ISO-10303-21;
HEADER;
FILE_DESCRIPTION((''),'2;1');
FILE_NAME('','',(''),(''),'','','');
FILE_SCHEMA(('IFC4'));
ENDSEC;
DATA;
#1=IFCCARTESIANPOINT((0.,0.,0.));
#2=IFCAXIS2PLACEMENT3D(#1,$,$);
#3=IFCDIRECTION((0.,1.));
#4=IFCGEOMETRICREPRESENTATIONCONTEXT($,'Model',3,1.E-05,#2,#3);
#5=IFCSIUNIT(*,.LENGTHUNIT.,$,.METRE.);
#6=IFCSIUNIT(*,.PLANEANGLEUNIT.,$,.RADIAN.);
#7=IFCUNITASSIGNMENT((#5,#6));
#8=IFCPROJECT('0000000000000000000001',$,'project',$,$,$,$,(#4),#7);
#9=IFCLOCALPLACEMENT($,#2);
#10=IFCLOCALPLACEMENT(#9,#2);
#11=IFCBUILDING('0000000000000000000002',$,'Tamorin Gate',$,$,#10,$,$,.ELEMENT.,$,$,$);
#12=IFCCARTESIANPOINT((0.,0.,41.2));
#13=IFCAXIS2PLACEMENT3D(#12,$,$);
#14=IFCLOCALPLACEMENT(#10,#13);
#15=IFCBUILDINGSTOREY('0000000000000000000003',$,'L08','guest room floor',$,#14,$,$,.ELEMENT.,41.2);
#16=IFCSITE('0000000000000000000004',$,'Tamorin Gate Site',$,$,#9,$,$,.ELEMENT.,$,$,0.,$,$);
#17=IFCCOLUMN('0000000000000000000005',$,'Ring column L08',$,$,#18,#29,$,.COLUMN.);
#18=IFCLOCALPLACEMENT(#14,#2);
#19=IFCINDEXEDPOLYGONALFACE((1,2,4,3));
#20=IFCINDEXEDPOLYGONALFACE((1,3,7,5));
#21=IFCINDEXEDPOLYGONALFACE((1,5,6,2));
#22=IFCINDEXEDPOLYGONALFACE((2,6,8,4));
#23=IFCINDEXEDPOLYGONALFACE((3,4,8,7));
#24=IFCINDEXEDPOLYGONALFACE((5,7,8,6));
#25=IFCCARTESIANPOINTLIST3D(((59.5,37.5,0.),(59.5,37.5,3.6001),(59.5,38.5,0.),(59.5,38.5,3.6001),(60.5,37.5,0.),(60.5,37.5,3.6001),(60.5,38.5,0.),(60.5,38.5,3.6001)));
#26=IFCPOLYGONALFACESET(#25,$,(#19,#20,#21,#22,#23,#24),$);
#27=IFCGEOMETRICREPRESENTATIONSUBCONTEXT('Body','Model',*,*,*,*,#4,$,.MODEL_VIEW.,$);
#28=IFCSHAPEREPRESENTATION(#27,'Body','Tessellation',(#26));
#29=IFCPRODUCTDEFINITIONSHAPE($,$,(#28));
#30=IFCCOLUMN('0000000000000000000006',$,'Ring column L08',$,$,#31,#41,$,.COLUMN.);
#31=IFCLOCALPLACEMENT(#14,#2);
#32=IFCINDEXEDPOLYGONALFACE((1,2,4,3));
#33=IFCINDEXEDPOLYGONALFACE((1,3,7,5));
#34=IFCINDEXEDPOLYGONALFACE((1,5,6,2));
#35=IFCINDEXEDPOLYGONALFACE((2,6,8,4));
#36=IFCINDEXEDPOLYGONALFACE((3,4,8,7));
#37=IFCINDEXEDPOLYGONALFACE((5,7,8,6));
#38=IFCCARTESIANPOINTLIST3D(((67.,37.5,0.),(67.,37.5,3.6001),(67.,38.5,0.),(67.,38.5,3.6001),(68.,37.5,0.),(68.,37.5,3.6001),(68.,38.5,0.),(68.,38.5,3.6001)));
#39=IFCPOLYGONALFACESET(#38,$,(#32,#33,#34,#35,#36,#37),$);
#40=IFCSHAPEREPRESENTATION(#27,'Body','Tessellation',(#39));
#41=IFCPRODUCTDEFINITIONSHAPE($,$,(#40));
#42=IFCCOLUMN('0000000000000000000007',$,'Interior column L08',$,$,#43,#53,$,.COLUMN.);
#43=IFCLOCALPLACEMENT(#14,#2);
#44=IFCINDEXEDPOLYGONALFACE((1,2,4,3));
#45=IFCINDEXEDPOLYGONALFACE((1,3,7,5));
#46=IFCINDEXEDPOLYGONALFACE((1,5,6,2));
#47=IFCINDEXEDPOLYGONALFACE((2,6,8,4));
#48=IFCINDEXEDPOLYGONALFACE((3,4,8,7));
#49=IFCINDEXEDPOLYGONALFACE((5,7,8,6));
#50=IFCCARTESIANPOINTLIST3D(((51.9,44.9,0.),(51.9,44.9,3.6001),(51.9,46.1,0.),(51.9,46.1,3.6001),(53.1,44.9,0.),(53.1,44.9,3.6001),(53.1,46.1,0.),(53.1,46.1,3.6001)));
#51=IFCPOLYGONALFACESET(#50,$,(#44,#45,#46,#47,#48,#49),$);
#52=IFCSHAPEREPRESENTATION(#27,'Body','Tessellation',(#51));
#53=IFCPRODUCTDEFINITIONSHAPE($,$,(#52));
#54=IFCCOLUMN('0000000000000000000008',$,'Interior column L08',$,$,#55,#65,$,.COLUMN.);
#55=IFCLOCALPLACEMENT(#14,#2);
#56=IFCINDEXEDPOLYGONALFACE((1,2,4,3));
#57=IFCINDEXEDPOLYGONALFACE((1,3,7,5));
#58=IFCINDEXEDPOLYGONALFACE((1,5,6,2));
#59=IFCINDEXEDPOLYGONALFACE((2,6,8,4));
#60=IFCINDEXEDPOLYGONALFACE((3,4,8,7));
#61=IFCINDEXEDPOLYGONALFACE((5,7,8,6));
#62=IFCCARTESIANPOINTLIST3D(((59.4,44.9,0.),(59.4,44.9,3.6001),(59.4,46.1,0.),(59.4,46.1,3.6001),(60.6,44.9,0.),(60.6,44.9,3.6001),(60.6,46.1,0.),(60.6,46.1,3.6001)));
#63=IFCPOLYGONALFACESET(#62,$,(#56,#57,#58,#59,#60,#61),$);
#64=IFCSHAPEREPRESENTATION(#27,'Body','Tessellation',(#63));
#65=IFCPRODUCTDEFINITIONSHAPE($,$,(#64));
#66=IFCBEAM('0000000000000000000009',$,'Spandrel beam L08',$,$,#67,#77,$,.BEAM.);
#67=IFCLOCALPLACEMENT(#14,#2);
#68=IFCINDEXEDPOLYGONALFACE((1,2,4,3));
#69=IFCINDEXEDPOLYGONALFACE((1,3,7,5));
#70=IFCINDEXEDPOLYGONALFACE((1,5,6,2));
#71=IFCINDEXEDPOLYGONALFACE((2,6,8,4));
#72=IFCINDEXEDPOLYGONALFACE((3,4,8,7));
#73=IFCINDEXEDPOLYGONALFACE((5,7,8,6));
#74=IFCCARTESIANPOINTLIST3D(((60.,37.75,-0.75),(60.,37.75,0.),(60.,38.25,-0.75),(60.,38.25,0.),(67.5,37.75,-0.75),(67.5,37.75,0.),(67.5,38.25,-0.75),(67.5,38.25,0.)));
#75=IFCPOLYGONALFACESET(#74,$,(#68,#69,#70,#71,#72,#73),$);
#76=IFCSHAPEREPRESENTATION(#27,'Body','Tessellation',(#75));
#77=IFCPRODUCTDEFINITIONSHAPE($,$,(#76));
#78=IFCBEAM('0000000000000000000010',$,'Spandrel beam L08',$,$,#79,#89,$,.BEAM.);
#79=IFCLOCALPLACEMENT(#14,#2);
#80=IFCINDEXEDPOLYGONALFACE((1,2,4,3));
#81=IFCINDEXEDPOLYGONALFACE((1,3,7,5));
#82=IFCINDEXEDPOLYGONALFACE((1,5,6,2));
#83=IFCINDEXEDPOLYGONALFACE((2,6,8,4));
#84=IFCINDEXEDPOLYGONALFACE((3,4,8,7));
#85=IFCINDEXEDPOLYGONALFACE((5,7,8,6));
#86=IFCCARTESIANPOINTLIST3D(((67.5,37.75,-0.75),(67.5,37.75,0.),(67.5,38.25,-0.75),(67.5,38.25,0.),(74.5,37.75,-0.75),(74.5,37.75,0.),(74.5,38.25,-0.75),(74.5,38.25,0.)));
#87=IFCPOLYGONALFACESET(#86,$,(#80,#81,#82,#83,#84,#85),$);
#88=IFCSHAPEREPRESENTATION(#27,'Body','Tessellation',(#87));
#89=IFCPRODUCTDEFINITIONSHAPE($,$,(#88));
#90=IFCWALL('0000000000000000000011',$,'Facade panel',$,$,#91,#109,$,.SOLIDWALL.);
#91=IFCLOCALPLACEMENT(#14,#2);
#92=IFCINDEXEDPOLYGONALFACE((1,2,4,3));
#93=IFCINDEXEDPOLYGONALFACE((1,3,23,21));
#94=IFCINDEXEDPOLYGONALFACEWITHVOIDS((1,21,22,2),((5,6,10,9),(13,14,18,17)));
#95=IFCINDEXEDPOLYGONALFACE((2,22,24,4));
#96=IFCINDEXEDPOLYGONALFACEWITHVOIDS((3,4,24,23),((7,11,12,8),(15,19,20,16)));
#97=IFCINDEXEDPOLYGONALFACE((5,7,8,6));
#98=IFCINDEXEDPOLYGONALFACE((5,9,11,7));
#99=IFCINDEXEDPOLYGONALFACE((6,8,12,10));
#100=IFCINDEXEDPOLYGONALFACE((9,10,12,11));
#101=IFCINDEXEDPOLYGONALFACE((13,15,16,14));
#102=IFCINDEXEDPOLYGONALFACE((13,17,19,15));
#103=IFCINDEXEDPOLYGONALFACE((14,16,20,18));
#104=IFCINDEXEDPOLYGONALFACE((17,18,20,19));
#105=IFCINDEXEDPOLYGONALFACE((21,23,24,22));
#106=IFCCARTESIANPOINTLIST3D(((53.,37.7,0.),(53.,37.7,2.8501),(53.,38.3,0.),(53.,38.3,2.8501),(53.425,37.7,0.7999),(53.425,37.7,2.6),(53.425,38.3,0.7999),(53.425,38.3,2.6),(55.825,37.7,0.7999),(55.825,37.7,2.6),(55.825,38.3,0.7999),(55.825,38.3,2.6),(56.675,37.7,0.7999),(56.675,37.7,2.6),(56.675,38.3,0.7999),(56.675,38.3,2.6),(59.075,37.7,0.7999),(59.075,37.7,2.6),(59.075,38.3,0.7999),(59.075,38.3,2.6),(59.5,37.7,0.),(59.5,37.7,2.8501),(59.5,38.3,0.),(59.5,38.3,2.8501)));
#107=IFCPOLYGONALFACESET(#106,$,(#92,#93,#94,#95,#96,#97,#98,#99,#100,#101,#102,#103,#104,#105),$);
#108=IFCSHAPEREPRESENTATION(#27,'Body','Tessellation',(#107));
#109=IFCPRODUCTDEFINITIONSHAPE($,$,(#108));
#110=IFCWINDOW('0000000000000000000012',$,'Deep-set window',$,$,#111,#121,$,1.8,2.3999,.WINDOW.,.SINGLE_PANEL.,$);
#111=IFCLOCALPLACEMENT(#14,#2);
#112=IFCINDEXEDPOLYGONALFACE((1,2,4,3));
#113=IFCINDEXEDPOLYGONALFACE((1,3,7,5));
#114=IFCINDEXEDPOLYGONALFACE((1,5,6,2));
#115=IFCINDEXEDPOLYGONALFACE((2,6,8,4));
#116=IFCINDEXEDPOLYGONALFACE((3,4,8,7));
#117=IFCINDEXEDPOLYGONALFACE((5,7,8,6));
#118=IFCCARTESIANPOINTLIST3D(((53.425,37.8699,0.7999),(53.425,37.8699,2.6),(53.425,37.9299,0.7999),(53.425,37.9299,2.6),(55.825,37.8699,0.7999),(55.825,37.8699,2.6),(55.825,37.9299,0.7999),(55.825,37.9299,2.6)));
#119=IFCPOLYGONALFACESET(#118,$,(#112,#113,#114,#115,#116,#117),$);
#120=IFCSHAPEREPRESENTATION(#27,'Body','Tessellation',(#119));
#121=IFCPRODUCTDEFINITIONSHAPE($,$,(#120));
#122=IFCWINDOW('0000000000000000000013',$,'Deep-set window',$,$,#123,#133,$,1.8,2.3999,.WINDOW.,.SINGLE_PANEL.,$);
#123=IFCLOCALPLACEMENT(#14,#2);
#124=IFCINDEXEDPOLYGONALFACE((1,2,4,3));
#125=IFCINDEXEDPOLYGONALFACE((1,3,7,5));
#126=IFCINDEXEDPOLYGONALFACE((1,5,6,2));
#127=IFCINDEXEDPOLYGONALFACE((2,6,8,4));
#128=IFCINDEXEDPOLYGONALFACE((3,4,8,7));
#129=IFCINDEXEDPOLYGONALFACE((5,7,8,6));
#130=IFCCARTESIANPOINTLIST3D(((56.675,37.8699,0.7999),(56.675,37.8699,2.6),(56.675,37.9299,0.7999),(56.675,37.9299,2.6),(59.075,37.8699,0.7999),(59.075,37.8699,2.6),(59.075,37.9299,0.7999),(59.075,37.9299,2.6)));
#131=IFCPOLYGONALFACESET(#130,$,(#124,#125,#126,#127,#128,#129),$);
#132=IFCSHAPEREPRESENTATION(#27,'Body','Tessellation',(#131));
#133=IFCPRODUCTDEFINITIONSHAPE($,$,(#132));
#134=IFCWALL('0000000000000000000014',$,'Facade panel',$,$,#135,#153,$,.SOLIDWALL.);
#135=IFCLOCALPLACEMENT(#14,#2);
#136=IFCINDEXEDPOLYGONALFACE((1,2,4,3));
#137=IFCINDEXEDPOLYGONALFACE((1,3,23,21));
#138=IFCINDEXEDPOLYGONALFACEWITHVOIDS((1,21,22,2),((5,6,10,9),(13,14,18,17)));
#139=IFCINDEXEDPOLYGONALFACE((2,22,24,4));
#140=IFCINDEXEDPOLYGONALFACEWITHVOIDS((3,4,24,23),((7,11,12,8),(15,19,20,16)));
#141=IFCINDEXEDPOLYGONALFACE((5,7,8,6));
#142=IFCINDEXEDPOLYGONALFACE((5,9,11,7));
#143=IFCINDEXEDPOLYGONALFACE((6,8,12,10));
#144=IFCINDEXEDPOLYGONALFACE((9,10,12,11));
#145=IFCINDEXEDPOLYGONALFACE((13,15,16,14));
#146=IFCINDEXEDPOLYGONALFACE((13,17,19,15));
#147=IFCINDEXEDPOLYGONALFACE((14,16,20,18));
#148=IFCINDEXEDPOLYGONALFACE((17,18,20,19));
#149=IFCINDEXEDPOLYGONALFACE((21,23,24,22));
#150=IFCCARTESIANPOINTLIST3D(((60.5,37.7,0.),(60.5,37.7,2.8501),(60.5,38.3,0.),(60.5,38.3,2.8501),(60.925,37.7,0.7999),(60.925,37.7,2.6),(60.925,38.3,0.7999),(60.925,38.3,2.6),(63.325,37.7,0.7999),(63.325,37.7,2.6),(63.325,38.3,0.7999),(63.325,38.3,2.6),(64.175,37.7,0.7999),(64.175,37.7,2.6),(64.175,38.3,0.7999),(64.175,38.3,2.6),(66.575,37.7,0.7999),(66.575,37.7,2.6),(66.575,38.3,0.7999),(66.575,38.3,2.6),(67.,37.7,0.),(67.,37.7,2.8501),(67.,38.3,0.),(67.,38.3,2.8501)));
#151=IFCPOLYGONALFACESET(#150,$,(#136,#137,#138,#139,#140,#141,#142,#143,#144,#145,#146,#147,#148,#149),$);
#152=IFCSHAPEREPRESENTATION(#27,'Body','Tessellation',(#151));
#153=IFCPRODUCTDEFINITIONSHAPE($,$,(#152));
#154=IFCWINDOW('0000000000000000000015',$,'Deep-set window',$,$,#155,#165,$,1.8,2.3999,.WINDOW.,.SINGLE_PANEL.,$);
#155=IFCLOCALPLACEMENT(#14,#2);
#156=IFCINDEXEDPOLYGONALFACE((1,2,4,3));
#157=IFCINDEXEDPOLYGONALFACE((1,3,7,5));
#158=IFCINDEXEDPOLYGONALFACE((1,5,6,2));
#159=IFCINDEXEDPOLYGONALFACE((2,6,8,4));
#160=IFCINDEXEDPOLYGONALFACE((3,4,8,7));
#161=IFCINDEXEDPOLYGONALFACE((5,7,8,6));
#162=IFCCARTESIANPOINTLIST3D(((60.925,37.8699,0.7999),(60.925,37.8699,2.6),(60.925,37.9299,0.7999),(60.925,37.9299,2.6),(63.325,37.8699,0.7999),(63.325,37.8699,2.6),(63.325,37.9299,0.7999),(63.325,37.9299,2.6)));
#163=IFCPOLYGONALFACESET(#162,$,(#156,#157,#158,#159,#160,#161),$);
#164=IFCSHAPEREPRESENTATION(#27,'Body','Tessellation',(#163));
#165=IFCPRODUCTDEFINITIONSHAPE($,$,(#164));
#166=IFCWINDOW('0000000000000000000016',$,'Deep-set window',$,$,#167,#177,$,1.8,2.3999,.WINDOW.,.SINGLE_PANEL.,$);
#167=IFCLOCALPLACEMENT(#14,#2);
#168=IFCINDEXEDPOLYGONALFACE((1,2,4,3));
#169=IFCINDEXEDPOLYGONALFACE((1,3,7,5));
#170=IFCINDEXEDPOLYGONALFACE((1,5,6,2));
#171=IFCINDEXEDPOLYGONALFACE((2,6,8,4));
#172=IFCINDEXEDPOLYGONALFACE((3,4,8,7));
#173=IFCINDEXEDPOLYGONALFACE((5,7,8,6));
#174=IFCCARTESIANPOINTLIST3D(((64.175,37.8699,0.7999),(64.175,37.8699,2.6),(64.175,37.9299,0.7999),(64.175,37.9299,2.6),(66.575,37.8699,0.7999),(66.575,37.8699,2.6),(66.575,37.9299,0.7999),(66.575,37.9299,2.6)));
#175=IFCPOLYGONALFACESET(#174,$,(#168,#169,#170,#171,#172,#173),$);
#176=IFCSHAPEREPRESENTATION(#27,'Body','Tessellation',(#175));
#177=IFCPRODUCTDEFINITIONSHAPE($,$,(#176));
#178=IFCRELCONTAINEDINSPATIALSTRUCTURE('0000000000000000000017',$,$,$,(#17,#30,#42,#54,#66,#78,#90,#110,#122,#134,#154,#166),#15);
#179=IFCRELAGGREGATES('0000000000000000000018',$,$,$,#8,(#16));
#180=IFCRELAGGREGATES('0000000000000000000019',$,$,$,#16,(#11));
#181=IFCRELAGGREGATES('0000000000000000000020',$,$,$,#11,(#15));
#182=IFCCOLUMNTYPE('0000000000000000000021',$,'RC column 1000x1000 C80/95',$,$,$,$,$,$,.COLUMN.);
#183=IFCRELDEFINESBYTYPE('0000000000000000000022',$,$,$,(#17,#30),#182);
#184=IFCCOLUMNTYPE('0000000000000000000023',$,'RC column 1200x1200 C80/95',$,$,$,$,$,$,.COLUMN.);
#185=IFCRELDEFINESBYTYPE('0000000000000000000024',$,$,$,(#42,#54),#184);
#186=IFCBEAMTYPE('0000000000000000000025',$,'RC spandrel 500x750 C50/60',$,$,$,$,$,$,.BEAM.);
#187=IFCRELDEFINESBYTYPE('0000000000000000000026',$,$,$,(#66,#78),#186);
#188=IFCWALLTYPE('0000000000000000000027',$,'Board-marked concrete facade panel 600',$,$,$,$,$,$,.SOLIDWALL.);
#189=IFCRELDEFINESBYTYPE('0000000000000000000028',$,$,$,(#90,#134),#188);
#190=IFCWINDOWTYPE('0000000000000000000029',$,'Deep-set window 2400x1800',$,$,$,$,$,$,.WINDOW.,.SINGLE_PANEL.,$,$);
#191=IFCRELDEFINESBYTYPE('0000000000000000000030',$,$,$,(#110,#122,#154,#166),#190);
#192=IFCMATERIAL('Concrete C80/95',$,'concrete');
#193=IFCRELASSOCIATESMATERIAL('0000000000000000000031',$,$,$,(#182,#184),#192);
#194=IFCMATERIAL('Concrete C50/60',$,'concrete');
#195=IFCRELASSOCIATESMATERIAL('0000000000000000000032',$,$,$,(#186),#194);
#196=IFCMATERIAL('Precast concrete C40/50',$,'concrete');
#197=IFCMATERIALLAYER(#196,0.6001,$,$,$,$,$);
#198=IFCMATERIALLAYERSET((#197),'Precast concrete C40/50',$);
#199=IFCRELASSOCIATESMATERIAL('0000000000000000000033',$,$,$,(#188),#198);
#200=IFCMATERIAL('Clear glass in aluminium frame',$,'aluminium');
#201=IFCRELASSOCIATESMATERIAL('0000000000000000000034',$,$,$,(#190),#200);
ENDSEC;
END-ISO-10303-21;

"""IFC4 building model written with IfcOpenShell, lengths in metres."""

from ifc_helpers import new_model, si_unit, direction, frame, frame_2d, origin, origin_2d, place, context, subcontext, project, spatial, rectangle, extrude, material, layer, layer_set, material_profile, profile_set, type_object, element, fill, save


model = new_model("IFC4")

# Units and contexts
model_context = context("Model", 3, precision=1e-05, world=origin(), true_north=direction((0.0, 1.0)))
body_context = subcontext(model_context, "Body", "Model", "MODEL_VIEW")
ifc_project = project(units=[si_unit("LENGTHUNIT", "METRE"), si_unit("PLANEANGLEUNIT", "RADIAN")], contexts=[model_context])

# Site, building, storey
site_placement = place(None, origin())
site = spatial("IfcSite", under=ifc_project, at=site_placement, Name="Tamorin Gate Site", CompositionType="ELEMENT", RefElevation=0.0)
building_placement = place(site_placement, origin())
building = spatial("IfcBuilding", under=site, at=building_placement, Name="Tamorin Gate", CompositionType="ELEMENT")
storey_placement = place(building_placement, frame((0.0, 0.0, 41.2)))
storey = spatial("IfcBuildingStorey", under=building, at=storey_placement, Name="L08", Description="guest room floor", CompositionType="ELEMENT", Elevation=41.2)

# Columns
ifc_material_1 = material(Name="Concrete C80/95", Category="concrete")
ifc_material_profile_1 = material_profile(ifc_material_1, rectangle(XDim=1.0, YDim=1.0, at=origin_2d()), Name="RC 1000x1000")
ifc_profile_set_1 = profile_set([ifc_material_profile_1], Name="Concrete C80/95")
column_type_1 = type_object("IfcColumnType", Name="RC column 1000x1000 C80/95", PredefinedType="COLUMN", material=ifc_profile_set_1)
for number, where, z_axis, x_axis, name in (
    (1, (60.0, 38.0, 0.0), (0.0, 0.0, 1.0), (1.0, 0.0, 0.0), "Ring column L08"),
    (2, (67.5, 38.0, 0.0), (0.0, 0.0, 1.0), (1.0, 0.0, 0.0), "Ring column L08"),
):
    element("IfcColumn", number, at=place(storey_placement, frame(where, z_axis=z_axis, x_axis=x_axis)), inside=storey, type_object=column_type_1, Name=name, PredefinedType="COLUMN", context=body_context, shape_type="SweptSolid", body=[
        extrude(rectangle(XDim=1.0, YDim=1.0, at=origin_2d()), origin(), (0.0, 0.0, 1.0), 3.6001),
    ])
ifc_material_profile_2 = material_profile(ifc_material_1, rectangle(XDim=1.2, YDim=1.2, at=origin_2d()), Name="RC 1200x1200")
ifc_profile_set_2 = profile_set([ifc_material_profile_2], Name="Concrete C80/95")
column_type_2 = type_object("IfcColumnType", Name="RC column 1200x1200 C80/95", PredefinedType="COLUMN", material=ifc_profile_set_2)
for number, where, z_axis, x_axis, name in (
    (3, (52.5, 45.5, 0.0), (0.0, 0.0, 1.0), (1.0, 0.0, 0.0), "Interior column L08"),
    (4, (60.0, 45.5, 0.0), (0.0, 0.0, 1.0), (1.0, 0.0, 0.0), "Interior column L08"),
):
    element("IfcColumn", number, at=place(storey_placement, frame(where, z_axis=z_axis, x_axis=x_axis)), inside=storey, type_object=column_type_2, Name=name, PredefinedType="COLUMN", context=body_context, shape_type="SweptSolid", body=[
        extrude(rectangle(XDim=1.2, YDim=1.2, at=origin_2d()), origin(), (0.0, 0.0, 1.0), 3.6001),
    ])

# Beams
ifc_material_2 = material(Name="Concrete C50/60", Category="concrete")
ifc_material_profile_3 = material_profile(ifc_material_2, rectangle(XDim=0.5, YDim=0.75, at=origin_2d()), Name="RC 500x750")
ifc_profile_set_3 = profile_set([ifc_material_profile_3], Name="Concrete C50/60")
beam_type = type_object("IfcBeamType", Name="RC spandrel 500x750 C50/60", PredefinedType="BEAM", material=ifc_profile_set_3)
beam_1_placement = place(storey_placement, frame((60.0, 38.0, -0.375), z_axis=(1.0, 0.0, 0.0), x_axis=(0.0, 1.0, 0.0)))
element("IfcBeam", 5, at=beam_1_placement, inside=storey, type_object=beam_type, Name="Spandrel beam L08", PredefinedType="BEAM", context=body_context, shape_type="SweptSolid", body=[
    extrude(rectangle(XDim=0.5, YDim=0.75, at=origin_2d()), origin(), (0.0, 0.0, 1.0), 7.5),
])
beam_2_placement = place(storey_placement, frame((67.5, 38.0, -0.375), z_axis=(1.0, 0.0, 0.0), x_axis=(0.0, 1.0, 0.0)))
element("IfcBeam", 6, at=beam_2_placement, inside=storey, type_object=beam_type, Name="Spandrel beam L08", PredefinedType="BEAM", context=body_context, shape_type="SweptSolid", body=[
    extrude(rectangle(XDim=0.5, YDim=0.75, at=origin_2d()), origin(), (0.0, 0.0, 1.0), 7.0),
])

# Walls, openings, windows
ifc_material_3 = material(Name="Precast concrete C40/50", Category="concrete")
ifc_layer_1 = layer(ifc_material_3, 0.6001)
ifc_layer_set_1 = layer_set([ifc_layer_1], Name="Precast concrete C40/50")
wall_type_1 = type_object("IfcWallType", Name="Board-marked concrete facade panel 600", PredefinedType="SOLIDWALL", material=ifc_layer_set_1)
wall_1_placement = place(storey_placement, frame((53.0, 38.0, 0.0), z_axis=(0.0, 0.0, 1.0), x_axis=(1.0, 0.0, 0.0)))
wall_1 = element("IfcWall", 7, at=wall_1_placement, inside=storey, type_object=wall_type_1, Name="Facade panel", PredefinedType="SOLIDWALL", context=body_context, shape_type="SweptSolid", body=[
    extrude(rectangle(XDim=6.5, YDim=0.6001, at=frame_2d((3.25, 0.0))), origin(), (0.0, 0.0, 1.0), 2.8501),
])
opening_1_placement = place(wall_1_placement, frame((0.425, 0.0, 0.8)))
opening_1 = element("IfcOpeningElement", 8, at=opening_1_placement, cuts=wall_1, PredefinedType="OPENING", context=body_context, shape_type="SweptSolid", body=[
    extrude(rectangle(XDim=2.3999, YDim=1.8, at=frame_2d((1.2, 0.8999))), frame((0.0, 0.3101, 0.0), z_axis=(0.0, -1.0, 0.0), x_axis=(1.0, 0.0, 0.0)), (0.0, 0.0, 1.0), 0.6201),
])
opening_2_placement = place(wall_1_placement, frame((3.675, 0.0, 0.8)))
opening_2 = element("IfcOpeningElement", 9, at=opening_2_placement, cuts=wall_1, PredefinedType="OPENING", context=body_context, shape_type="SweptSolid", body=[
    extrude(rectangle(XDim=2.3999, YDim=1.8, at=frame_2d((1.2, 0.8999))), frame((0.0, 0.3101, 0.0), z_axis=(0.0, -1.0, 0.0), x_axis=(1.0, 0.0, 0.0)), (0.0, 0.0, 1.0), 0.6201),
])
ifc_material_4 = material(Name="Clear glass in aluminium frame", Category="aluminium")
window_type = type_object("IfcWindowType", Name="Deep-set window 2400x1800", PartitioningType="SINGLE_PANEL", PredefinedType="WINDOW", material=ifc_material_4)
window_1_placement = place(opening_1_placement, origin())
window_1 = element("IfcWindow", 10, at=window_1_placement, inside=storey, type_object=window_type, Name="Deep-set window", OverallHeight=1.8, OverallWidth=2.3999, PartitioningType="SINGLE_PANEL", PredefinedType="WINDOW", context=body_context, shape_type="SweptSolid", body=[
    extrude(rectangle(XDim=2.3999, YDim=1.8, at=frame_2d((1.2, 0.8999))), frame((0.0, -0.0701, 0.0), z_axis=(0.0, -1.0, 0.0), x_axis=(1.0, 0.0, 0.0)), (0.0, 0.0, 1.0), 0.0601),
])
fill(opening_1, window_1)
window_2_placement = place(opening_2_placement, origin())
window_2 = element("IfcWindow", 11, at=window_2_placement, inside=storey, type_object=window_type, Name="Deep-set window", OverallHeight=1.8, OverallWidth=2.3999, PartitioningType="SINGLE_PANEL", PredefinedType="WINDOW", context=body_context, shape_type="SweptSolid", body=[
    extrude(rectangle(XDim=2.3999, YDim=1.8, at=frame_2d((1.2, 0.8999))), frame((0.0, -0.0701, 0.0), z_axis=(0.0, -1.0, 0.0), x_axis=(1.0, 0.0, 0.0)), (0.0, 0.0, 1.0), 0.0601),
])
fill(opening_2, window_2)
wall_2_placement = place(storey_placement, frame((60.5, 38.0, 0.0), z_axis=(0.0, 0.0, 1.0), x_axis=(1.0, 0.0, 0.0)))
wall_2 = element("IfcWall", 12, at=wall_2_placement, inside=storey, type_object=wall_type_1, Name="Facade panel", PredefinedType="SOLIDWALL", context=body_context, shape_type="SweptSolid", body=[
    extrude(rectangle(XDim=6.5, YDim=0.6001, at=frame_2d((3.25, 0.0))), origin(), (0.0, 0.0, 1.0), 2.8501),
])
opening_3_placement = place(wall_2_placement, frame((0.425, 0.0, 0.8)))
opening_3 = element("IfcOpeningElement", 13, at=opening_3_placement, cuts=wall_2, PredefinedType="OPENING", context=body_context, shape_type="SweptSolid", body=[
    extrude(rectangle(XDim=2.3999, YDim=1.8, at=frame_2d((1.2, 0.8999))), frame((0.0, 0.3101, 0.0), z_axis=(0.0, -1.0, 0.0), x_axis=(1.0, 0.0, 0.0)), (0.0, 0.0, 1.0), 0.6201),
])
opening_4_placement = place(wall_2_placement, frame((3.675, 0.0, 0.8)))
opening_4 = element("IfcOpeningElement", 14, at=opening_4_placement, cuts=wall_2, PredefinedType="OPENING", context=body_context, shape_type="SweptSolid", body=[
    extrude(rectangle(XDim=2.3999, YDim=1.8, at=frame_2d((1.2, 0.8999))), frame((0.0, 0.3101, 0.0), z_axis=(0.0, -1.0, 0.0), x_axis=(1.0, 0.0, 0.0)), (0.0, 0.0, 1.0), 0.6201),
])
window_3_placement = place(opening_3_placement, origin())
window_3 = element("IfcWindow", 15, at=window_3_placement, inside=storey, type_object=window_type, Name="Deep-set window", OverallHeight=1.8, OverallWidth=2.3999, PartitioningType="SINGLE_PANEL", PredefinedType="WINDOW", context=body_context, shape_type="SweptSolid", body=[
    extrude(rectangle(XDim=2.3999, YDim=1.8, at=frame_2d((1.2, 0.8999))), frame((0.0, -0.0701, 0.0), z_axis=(0.0, -1.0, 0.0), x_axis=(1.0, 0.0, 0.0)), (0.0, 0.0, 1.0), 0.0601),
])
fill(opening_3, window_3)
window_4_placement = place(opening_4_placement, origin())
window_4 = element("IfcWindow", 16, at=window_4_placement, inside=storey, type_object=window_type, Name="Deep-set window", OverallHeight=1.8, OverallWidth=2.3999, PartitioningType="SINGLE_PANEL", PredefinedType="WINDOW", context=body_context, shape_type="SweptSolid", body=[
    extrude(rectangle(XDim=2.3999, YDim=1.8, at=frame_2d((1.2, 0.8999))), frame((0.0, -0.0701, 0.0), z_axis=(0.0, -1.0, 0.0), x_axis=(1.0, 0.0, 0.0)), (0.0, 0.0, 1.0), 0.0601),
])
fill(opening_4, window_4)

save(model, "model.ifc")
